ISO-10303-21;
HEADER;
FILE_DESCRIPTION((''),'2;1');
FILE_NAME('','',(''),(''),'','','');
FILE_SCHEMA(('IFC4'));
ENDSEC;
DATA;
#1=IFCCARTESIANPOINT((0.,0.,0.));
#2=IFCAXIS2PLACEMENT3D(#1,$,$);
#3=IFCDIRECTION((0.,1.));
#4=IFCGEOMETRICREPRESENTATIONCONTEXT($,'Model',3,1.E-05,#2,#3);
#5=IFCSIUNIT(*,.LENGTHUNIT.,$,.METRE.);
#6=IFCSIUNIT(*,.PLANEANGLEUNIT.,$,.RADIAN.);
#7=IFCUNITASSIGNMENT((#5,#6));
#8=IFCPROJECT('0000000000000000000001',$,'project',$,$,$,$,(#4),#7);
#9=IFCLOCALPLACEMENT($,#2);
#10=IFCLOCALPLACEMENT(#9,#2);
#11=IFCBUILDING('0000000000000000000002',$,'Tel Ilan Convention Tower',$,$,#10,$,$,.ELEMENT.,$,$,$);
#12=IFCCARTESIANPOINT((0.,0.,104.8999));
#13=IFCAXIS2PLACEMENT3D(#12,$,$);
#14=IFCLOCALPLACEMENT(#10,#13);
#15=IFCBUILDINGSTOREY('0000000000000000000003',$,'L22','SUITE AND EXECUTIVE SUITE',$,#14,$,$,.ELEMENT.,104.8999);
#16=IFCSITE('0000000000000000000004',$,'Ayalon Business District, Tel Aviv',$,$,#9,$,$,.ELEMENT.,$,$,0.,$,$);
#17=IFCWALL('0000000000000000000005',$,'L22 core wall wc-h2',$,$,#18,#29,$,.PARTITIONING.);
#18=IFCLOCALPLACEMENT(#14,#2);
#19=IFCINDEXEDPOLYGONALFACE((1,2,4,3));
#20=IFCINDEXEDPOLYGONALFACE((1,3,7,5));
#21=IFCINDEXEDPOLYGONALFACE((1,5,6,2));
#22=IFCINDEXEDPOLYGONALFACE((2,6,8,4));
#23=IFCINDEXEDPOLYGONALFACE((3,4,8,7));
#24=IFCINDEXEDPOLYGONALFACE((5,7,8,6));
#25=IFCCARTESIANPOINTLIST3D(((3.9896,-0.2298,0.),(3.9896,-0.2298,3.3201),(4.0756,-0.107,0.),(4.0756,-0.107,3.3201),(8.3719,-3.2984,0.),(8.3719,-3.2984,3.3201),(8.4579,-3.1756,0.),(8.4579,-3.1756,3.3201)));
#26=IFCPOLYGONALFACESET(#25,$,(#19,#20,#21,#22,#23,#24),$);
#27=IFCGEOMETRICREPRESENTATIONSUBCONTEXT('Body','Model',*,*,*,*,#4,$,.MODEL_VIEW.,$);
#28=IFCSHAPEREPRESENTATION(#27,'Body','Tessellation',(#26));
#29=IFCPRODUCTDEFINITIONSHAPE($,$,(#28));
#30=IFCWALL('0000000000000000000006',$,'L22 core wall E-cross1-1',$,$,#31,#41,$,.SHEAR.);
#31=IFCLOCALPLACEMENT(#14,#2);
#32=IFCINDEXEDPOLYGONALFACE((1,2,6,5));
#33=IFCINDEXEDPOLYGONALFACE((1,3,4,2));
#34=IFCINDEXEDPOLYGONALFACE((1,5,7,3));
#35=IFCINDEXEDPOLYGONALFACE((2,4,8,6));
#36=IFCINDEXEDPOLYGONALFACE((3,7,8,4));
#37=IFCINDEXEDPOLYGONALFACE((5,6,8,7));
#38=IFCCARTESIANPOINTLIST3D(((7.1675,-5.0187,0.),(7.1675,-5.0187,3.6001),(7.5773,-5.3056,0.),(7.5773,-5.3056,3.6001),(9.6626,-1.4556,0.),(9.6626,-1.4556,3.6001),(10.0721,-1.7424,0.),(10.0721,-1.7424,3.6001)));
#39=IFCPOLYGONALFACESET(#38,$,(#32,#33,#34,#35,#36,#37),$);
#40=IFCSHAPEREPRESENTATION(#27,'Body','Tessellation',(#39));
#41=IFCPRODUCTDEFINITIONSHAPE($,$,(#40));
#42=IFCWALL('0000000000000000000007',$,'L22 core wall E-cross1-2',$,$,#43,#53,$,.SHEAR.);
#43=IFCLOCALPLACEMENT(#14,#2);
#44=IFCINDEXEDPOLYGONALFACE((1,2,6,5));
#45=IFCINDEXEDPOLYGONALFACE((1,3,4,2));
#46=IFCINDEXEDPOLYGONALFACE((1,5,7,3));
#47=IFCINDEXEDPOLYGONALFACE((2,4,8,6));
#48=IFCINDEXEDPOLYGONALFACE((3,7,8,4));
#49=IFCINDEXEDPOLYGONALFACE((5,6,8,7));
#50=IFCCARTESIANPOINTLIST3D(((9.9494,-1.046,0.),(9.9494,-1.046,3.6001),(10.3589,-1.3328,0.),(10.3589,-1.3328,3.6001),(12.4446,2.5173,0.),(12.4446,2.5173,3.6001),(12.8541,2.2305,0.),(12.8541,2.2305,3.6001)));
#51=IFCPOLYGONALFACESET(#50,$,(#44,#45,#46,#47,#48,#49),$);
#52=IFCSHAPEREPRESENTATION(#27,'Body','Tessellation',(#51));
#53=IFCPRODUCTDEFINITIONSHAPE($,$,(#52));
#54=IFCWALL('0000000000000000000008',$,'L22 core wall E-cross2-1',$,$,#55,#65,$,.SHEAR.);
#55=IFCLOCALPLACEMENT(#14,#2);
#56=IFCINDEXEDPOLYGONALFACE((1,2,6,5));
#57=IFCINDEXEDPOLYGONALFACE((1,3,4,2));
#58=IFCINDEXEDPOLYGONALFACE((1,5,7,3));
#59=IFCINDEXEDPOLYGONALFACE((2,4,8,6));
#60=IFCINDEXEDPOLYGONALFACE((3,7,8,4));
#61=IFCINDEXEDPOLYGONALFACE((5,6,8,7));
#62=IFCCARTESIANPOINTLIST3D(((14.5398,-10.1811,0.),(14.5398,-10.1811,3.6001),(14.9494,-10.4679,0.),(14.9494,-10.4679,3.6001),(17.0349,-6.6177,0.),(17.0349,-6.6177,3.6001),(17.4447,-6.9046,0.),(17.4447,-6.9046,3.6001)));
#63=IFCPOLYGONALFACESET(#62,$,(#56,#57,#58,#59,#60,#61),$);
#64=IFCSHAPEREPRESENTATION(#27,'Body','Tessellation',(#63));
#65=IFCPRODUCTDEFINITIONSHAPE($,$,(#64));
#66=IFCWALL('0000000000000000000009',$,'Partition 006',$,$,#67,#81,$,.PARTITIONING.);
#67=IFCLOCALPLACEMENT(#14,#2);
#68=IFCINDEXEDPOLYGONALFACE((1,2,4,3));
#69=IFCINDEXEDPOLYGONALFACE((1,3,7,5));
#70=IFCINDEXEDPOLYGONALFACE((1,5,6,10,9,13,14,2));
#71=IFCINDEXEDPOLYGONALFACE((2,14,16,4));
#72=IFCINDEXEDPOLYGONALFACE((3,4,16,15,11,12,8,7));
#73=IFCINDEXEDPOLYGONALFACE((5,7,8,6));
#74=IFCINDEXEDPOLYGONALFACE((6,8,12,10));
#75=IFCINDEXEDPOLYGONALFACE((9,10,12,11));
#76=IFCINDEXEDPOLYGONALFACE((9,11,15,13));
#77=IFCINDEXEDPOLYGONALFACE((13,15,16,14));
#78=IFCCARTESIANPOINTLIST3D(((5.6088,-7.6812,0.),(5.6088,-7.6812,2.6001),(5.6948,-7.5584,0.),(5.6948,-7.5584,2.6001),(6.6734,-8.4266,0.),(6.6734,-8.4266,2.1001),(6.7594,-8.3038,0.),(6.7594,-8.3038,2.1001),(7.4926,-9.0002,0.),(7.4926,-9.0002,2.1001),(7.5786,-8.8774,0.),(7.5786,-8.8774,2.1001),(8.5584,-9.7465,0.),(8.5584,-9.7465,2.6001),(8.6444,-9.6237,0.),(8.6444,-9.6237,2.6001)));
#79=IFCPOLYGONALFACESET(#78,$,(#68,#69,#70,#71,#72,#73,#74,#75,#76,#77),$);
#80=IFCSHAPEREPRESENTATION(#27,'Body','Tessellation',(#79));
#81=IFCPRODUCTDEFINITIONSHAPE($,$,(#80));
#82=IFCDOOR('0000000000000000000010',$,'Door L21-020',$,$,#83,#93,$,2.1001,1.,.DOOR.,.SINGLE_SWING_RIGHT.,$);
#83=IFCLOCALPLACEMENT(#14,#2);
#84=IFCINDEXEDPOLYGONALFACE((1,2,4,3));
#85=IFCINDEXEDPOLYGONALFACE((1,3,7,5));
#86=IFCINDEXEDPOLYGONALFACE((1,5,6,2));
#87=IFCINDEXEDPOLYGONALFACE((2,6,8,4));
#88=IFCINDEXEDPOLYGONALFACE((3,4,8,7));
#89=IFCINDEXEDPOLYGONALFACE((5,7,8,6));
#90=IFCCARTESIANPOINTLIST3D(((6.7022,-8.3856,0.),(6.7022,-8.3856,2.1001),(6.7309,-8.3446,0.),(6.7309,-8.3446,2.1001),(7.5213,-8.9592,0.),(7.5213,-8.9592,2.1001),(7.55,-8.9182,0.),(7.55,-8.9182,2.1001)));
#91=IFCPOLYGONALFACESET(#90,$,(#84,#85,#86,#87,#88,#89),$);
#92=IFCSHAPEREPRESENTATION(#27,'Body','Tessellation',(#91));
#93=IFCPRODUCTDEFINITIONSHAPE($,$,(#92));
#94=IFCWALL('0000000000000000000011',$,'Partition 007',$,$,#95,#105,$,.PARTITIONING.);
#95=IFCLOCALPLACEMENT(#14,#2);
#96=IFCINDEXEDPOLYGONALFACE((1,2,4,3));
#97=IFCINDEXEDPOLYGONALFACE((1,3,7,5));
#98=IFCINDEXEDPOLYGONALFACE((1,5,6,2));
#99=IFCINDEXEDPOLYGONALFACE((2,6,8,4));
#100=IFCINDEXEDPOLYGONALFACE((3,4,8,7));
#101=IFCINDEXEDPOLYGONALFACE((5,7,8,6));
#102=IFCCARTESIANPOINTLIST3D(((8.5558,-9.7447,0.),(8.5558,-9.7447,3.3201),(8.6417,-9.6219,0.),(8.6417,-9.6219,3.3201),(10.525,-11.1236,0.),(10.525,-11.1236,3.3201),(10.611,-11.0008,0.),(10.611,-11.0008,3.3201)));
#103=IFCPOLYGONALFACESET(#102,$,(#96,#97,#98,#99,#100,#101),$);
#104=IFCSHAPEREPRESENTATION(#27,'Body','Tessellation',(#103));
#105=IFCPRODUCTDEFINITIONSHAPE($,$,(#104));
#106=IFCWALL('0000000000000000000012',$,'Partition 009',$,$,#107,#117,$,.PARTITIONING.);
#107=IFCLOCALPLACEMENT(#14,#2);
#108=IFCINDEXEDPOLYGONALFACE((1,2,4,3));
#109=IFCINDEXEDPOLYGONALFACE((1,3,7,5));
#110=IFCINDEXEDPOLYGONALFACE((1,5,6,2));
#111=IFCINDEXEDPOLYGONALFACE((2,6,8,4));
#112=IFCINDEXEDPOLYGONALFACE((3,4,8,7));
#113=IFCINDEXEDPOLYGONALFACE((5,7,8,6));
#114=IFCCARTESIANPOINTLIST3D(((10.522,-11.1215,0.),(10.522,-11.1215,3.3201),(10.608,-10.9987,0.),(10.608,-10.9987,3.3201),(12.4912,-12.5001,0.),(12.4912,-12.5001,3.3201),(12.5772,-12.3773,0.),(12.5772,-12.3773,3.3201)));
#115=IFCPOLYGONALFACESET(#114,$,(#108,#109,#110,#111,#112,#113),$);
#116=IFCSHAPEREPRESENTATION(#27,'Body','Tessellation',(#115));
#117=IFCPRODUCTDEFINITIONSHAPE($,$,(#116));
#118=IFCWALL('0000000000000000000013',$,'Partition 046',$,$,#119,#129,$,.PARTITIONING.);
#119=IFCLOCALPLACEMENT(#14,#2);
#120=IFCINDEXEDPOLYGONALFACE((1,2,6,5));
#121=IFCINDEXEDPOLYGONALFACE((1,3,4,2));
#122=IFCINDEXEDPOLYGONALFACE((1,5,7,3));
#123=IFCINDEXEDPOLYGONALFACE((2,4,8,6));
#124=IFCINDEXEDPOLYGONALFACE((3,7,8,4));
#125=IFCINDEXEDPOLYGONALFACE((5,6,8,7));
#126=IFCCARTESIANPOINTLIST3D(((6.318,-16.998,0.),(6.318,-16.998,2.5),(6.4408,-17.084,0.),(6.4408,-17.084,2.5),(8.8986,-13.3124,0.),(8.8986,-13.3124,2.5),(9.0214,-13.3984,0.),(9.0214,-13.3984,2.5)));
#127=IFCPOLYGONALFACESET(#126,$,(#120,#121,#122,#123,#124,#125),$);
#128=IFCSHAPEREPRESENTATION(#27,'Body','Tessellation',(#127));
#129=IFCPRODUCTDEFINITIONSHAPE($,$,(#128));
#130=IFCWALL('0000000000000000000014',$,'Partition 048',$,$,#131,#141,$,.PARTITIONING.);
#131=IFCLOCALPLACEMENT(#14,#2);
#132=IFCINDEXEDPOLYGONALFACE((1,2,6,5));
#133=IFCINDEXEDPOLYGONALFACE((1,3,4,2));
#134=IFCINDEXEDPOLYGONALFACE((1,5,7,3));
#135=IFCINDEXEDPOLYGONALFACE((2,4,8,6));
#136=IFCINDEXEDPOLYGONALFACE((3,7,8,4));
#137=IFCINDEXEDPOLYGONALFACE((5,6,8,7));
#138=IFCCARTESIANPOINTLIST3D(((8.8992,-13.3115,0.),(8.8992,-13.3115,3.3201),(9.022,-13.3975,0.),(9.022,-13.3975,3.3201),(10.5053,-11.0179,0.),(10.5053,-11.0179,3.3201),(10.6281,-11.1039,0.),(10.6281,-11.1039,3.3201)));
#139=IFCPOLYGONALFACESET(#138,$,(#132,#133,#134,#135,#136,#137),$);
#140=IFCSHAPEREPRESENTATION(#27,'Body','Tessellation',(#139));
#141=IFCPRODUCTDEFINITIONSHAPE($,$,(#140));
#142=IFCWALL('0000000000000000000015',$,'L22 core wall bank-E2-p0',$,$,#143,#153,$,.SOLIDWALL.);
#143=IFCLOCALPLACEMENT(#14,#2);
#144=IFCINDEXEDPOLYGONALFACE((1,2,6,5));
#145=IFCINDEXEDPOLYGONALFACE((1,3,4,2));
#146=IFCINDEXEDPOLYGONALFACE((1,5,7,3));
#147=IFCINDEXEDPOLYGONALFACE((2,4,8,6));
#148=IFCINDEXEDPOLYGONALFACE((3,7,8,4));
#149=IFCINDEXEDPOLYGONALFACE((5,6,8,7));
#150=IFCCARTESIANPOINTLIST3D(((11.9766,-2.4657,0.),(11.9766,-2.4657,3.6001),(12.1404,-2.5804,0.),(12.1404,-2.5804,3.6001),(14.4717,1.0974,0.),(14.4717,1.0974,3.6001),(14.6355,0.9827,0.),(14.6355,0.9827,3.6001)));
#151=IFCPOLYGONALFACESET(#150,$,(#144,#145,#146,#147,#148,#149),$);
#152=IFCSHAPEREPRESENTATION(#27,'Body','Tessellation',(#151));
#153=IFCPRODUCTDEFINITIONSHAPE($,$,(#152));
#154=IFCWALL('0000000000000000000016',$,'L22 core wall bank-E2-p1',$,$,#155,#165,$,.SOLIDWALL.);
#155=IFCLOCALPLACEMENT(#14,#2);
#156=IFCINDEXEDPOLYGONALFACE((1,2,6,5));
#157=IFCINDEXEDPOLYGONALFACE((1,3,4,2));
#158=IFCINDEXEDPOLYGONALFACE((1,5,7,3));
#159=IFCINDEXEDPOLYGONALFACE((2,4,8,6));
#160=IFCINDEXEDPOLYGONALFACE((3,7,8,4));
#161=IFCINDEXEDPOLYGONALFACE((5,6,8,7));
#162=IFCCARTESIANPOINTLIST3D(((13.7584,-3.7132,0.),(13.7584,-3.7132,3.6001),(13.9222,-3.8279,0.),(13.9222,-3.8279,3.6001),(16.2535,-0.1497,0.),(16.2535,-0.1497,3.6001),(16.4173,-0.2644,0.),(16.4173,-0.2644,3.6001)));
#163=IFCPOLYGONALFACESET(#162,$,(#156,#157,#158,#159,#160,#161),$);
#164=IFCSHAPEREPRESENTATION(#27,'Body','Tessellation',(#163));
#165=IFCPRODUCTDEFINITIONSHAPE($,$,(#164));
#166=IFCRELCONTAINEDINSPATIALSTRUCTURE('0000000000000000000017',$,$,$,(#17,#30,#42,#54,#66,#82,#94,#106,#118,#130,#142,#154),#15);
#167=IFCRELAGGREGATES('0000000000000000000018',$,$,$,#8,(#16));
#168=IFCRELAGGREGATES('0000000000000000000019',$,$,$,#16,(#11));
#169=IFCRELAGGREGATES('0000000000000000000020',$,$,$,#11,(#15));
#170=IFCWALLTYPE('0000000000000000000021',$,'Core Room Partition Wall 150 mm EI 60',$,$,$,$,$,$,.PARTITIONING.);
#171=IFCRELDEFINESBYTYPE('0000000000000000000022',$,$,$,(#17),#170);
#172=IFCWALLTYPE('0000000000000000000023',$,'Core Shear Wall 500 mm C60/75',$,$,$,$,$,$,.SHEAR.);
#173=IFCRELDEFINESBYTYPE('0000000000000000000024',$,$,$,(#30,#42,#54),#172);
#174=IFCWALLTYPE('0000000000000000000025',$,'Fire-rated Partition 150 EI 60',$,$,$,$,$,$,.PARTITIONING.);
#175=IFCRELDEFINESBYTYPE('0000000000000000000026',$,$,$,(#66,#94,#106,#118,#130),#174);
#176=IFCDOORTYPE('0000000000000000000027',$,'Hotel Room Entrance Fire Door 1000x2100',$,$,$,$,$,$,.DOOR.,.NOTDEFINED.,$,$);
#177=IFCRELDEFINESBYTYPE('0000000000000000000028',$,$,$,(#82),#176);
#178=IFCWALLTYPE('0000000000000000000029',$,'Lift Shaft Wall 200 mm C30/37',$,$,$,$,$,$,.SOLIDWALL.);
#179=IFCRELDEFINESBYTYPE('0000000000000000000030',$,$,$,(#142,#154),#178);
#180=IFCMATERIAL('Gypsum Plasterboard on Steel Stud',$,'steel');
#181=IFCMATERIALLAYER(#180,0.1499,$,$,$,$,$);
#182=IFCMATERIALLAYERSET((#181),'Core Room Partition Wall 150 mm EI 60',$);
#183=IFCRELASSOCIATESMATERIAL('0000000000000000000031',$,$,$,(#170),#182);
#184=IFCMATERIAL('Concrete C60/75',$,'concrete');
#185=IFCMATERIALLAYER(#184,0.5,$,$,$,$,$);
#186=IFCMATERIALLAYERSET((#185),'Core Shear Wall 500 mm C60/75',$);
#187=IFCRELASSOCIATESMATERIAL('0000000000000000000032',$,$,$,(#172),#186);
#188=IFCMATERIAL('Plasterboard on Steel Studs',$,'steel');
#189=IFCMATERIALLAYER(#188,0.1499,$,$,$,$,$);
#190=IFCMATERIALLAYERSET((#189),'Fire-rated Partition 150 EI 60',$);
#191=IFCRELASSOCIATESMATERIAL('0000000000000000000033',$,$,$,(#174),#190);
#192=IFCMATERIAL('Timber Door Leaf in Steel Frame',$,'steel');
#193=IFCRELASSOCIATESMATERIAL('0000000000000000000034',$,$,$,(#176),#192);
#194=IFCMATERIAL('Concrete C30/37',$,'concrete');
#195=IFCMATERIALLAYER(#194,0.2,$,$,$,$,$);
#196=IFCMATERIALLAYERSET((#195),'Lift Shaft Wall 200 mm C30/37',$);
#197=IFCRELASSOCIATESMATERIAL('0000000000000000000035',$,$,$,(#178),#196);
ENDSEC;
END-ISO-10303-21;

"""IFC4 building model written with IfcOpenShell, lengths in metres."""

from ifc_helpers import new_model, si_unit, direction, frame, frame_2d, origin, place, context, subcontext, project, spatial, polyline, rectangle, outline, extrude, material, layer, layer_set, type_object, element, fill, save


model = new_model("IFC4")

# Units and contexts
model_context = context("Model", 3, precision=1e-05, world=origin(), true_north=direction((0.0, 1.0)))
body_context = subcontext(model_context, "Body", "Model", "MODEL_VIEW")
ifc_project = project(units=[si_unit("LENGTHUNIT", "METRE"), si_unit("PLANEANGLEUNIT", "RADIAN")], contexts=[model_context])

# Site, building, storey
site_placement = place(None, origin())
site = spatial("IfcSite", under=ifc_project, at=site_placement, Name="Ayalon Business District, Tel Aviv", CompositionType="ELEMENT", RefElevation=0.0)
building_placement = place(site_placement, origin())
building = spatial("IfcBuilding", under=site, at=building_placement, Name="Tel Ilan Convention Tower", CompositionType="ELEMENT")
storey_placement = place(building_placement, frame((0.0, 0.0, 104.8999)))
storey = spatial("IfcBuildingStorey", under=building, at=storey_placement, Name="L22", Description="SUITE AND EXECUTIVE SUITE", CompositionType="ELEMENT", Elevation=104.8999)

# Walls
ifc_material_1 = material(Name="Gypsum Plasterboard on Steel Stud", Category="steel")
ifc_layer_1 = layer(ifc_material_1, 0.1499)
ifc_layer_set_1 = layer_set([ifc_layer_1], Name="Core Room Partition Wall 150 mm EI 60")
wall_type_1 = type_object("IfcWallType", Name="Core Room Partition Wall 150 mm EI 60", PredefinedType="PARTITIONING", material=ifc_layer_set_1)
wall_1_placement = place(storey_placement, frame((4.0327, -0.1685, 0.0), z_axis=(0.0, 0.0, 1.0), x_axis=(0.819146, -0.573585, 0.0)))
element("IfcWall", 1, at=wall_1_placement, inside=storey, type_object=wall_type_1, Name="L22 core wall wc-h2", PredefinedType="PARTITIONING", context=body_context, shape_type="SweptSolid", body=[
    extrude(rectangle(XDim=5.3499, YDim=0.1499, at=frame_2d((2.6748, 0.0))), origin(), (0.0, 0.0, 1.0), 3.3201),
])
ifc_material_2 = material(Name="Concrete C60/75", Category="concrete")
ifc_layer_2 = layer(ifc_material_2, 0.5)
ifc_layer_set_2 = layer_set([ifc_layer_2], Name="Core Shear Wall 500 mm C60/75")
wall_type_2 = type_object("IfcWallType", Name="Core Shear Wall 500 mm C60/75", PredefinedType="SHEAR", material=ifc_layer_set_2)
wall_2_placement = place(storey_placement, frame((7.3723, -5.1621, 0.0), z_axis=(0.0, 0.0, 1.0), x_axis=(0.573594, 0.81914, 0.0)))
element("IfcWall", 2, at=wall_2_placement, inside=storey, type_object=wall_type_2, Name="L22 core wall E-cross1-1", PredefinedType="SHEAR", context=body_context, shape_type="SweptSolid", body=[
    extrude(outline(polyline([(0.0, 0.25), (0.0, -0.2502), (4.3499, -0.25), (4.3499, 0.25), (0.0, 0.25)])), origin(), (0.0, 0.0, 1.0), 3.6001),
])
wall_3_placement = place(storey_placement, frame((10.1543, -1.1892, 0.0), z_axis=(0.0, 0.0, 1.0), x_axis=(0.573594, 0.81914, 0.0)))
element("IfcWall", 3, at=wall_3_placement, inside=storey, type_object=wall_type_2, Name="L22 core wall E-cross1-2", PredefinedType="SHEAR", context=body_context, shape_type="SweptSolid", body=[
    extrude(outline(polyline([(4.3499, -0.25), (4.3499, 0.25), (-0.0002, 0.25), (-0.0002, -0.25), (4.3499, -0.25)])), origin(), (0.0, 0.0, 1.0), 3.6001),
])
wall_4_placement = place(storey_placement, frame((14.7446, -10.3245, 0.0), z_axis=(0.0, 0.0, 1.0), x_axis=(0.573568, 0.819158, 0.0)))
element("IfcWall", 4, at=wall_4_placement, inside=storey, type_object=wall_type_2, Name="L22 core wall E-cross2-1", PredefinedType="SHEAR", context=body_context, shape_type="SweptSolid", body=[
    extrude(outline(polyline([(0.0, 0.25), (0.0, -0.25), (4.3501, -0.2502), (4.3501, 0.25), (0.0, 0.25)])), origin(), (0.0, 0.0, 1.0), 3.6001),
])

# Wall, opening, door
ifc_material_3 = material(Name="Plasterboard on Steel Studs", Category="steel")
ifc_layer_3 = layer(ifc_material_3, 0.1499)
ifc_layer_set_3 = layer_set([ifc_layer_3], Name="Fire-rated Partition 150 EI 60")
wall_type_3 = type_object("IfcWallType", Name="Fire-rated Partition 150 EI 60", PredefinedType="PARTITIONING", material=ifc_layer_set_3)
wall_5_placement = place(storey_placement, frame((8.6013, -9.6851, 0.0), z_axis=(0.0, 0.0, 1.0), x_axis=(-0.819149, 0.573581, 0.0)))
wall_5 = element("IfcWall", 5, at=wall_5_placement, inside=storey, type_object=wall_type_3, Name="Partition 006", PredefinedType="PARTITIONING", context=body_context, shape_type="SweptSolid", body=[
    extrude(rectangle(XDim=3.6008, YDim=0.1499, at=frame_2d((1.8003, 0.0))), origin(), (0.0, 0.0, 1.0), 2.6001),
])
opening_1_placement = place(wall_5_placement, frame((1.301, 0.0, 0.0)))
opening_1 = element("IfcOpeningElement", 6, at=opening_1_placement, cuts=wall_5, PredefinedType="OPENING", context=body_context, shape_type="SweptSolid", body=[
    extrude(rectangle(XDim=1.0, YDim=2.1001, at=frame_2d((0.5, 1.05))), frame((0.0, 0.085, 0.0), z_axis=(0.0, -1.0, 0.0), x_axis=(1.0, 0.0, 0.0)), (0.0, 0.0, 1.0), 0.1699),
])
ifc_material_4 = material(Name="Timber Door Leaf in Steel Frame", Category="steel")
door_type_1 = type_object("IfcDoorType", Name="Hotel Room Entrance Fire Door 1000x2100", OperationType="NOTDEFINED", PredefinedType="DOOR", material=ifc_material_4)
door_1_placement = place(opening_1_placement, origin())
door_1 = element("IfcDoor", 7, at=door_1_placement, inside=storey, type_object=door_type_1, Name="Door L21-020", OperationType="SINGLE_SWING_RIGHT", OverallHeight=2.1001, OverallWidth=1.0, PredefinedType="DOOR", context=body_context, shape_type="SweptSolid", body=[
    extrude(rectangle(XDim=1.0, YDim=2.1001, at=frame_2d((0.5, 1.05))), frame((0.0, 0.0249, 0.0), z_axis=(0.0, -1.0, 0.0), x_axis=(1.0, 0.0, 0.0)), (0.0, 0.0, 1.0), 0.05),
])
fill(opening_1, door_1)

# Walls
wall_6_placement = place(storey_placement, frame((10.5681, -11.0623, 0.0), z_axis=(0.0, 0.0, 1.0), x_axis=(-0.819146, 0.573585, 0.0)))
element("IfcWall", 8, at=wall_6_placement, inside=storey, type_object=wall_type_3, Name="Partition 007", PredefinedType="PARTITIONING", context=body_context, shape_type="SweptSolid", body=[
    extrude(rectangle(XDim=2.4041, YDim=0.1499, at=frame_2d((1.2021, 0.0))), origin(), (0.0, 0.0, 1.0), 3.3201),
])
wall_7_placement = place(storey_placement, frame((12.5342, -12.4387, 0.0), z_axis=(0.0, 0.0, 1.0), x_axis=(-0.819194, 0.573517, 0.0)))
element("IfcWall", 9, at=wall_7_placement, inside=storey, type_object=wall_type_3, Name="Partition 009", PredefinedType="PARTITIONING", context=body_context, shape_type="SweptSolid", body=[
    extrude(rectangle(XDim=2.4038, YDim=0.1499, at=frame_2d((1.2019, 0.0))), origin(), (0.0, 0.0, 1.0), 3.3201),
])
wall_8_placement = place(storey_placement, frame((8.96, -13.3555, 0.0), z_axis=(0.0, 0.0, 1.0), x_axis=(-0.573564, -0.819161, 0.0)))
element("IfcWall", 10, at=wall_8_placement, inside=storey, type_object=wall_type_3, Name="Partition 046", PredefinedType="PARTITIONING", context=body_context, shape_type="SweptSolid", body=[
    extrude(rectangle(XDim=4.4993, YDim=0.1499, at=frame_2d((2.2495, 0.0))), origin(), (0.0, 0.0, 1.0), 2.5),
])
wall_9_placement = place(storey_placement, frame((10.5667, -11.061, 0.0), z_axis=(0.0, 0.0, 1.0), x_axis=(-0.573609, -0.81913, 0.0)))
element("IfcWall", 11, at=wall_9_placement, inside=storey, type_object=wall_type_3, Name="Partition 048", PredefinedType="PARTITIONING", context=body_context, shape_type="SweptSolid", body=[
    extrude(rectangle(XDim=2.8, YDim=0.1499, at=frame_2d((1.3999, 0.0))), origin(), (0.0, 0.0, 1.0), 3.3201),
])
ifc_material_5 = material(Name="Concrete C30/37", Category="concrete")
ifc_layer_4 = layer(ifc_material_5, 0.2)
ifc_layer_set_4 = layer_set([ifc_layer_4], Name="Lift Shaft Wall 200 mm C30/37")
wall_type_4 = type_object("IfcWallType", Name="Lift Shaft Wall 200 mm C30/37", PredefinedType="SOLIDWALL", material=ifc_layer_set_4)
wall_10_placement = place(storey_placement, frame((12.0586, -2.5229, 0.0), z_axis=(0.0, 0.0, 1.0), x_axis=(0.573594, 0.81914, 0.0)))
element("IfcWall", 12, at=wall_10_placement, inside=storey, type_object=wall_type_4, Name="L22 core wall bank-E2-p0", PredefinedType="SOLIDWALL", context=body_context, shape_type="SweptSolid", body=[
    extrude(rectangle(XDim=4.3499, YDim=0.2, at=frame_2d((2.1748, 0.0))), origin(), (0.0, 0.0, 1.0), 3.6001),
])
wall_11_placement = place(storey_placement, frame((13.8403, -3.7705, 0.0), z_axis=(0.0, 0.0, 1.0), x_axis=(0.573568, 0.819158, 0.0)))
element("IfcWall", 13, at=wall_11_placement, inside=storey, type_object=wall_type_4, Name="L22 core wall bank-E2-p1", PredefinedType="SOLIDWALL", context=body_context, shape_type="SweptSolid", body=[
    extrude(rectangle(XDim=4.3501, YDim=0.2, at=frame_2d((2.175, 0.0))), origin(), (0.0, 0.0, 1.0), 3.6001),
])

save(model, "model.ifc")
